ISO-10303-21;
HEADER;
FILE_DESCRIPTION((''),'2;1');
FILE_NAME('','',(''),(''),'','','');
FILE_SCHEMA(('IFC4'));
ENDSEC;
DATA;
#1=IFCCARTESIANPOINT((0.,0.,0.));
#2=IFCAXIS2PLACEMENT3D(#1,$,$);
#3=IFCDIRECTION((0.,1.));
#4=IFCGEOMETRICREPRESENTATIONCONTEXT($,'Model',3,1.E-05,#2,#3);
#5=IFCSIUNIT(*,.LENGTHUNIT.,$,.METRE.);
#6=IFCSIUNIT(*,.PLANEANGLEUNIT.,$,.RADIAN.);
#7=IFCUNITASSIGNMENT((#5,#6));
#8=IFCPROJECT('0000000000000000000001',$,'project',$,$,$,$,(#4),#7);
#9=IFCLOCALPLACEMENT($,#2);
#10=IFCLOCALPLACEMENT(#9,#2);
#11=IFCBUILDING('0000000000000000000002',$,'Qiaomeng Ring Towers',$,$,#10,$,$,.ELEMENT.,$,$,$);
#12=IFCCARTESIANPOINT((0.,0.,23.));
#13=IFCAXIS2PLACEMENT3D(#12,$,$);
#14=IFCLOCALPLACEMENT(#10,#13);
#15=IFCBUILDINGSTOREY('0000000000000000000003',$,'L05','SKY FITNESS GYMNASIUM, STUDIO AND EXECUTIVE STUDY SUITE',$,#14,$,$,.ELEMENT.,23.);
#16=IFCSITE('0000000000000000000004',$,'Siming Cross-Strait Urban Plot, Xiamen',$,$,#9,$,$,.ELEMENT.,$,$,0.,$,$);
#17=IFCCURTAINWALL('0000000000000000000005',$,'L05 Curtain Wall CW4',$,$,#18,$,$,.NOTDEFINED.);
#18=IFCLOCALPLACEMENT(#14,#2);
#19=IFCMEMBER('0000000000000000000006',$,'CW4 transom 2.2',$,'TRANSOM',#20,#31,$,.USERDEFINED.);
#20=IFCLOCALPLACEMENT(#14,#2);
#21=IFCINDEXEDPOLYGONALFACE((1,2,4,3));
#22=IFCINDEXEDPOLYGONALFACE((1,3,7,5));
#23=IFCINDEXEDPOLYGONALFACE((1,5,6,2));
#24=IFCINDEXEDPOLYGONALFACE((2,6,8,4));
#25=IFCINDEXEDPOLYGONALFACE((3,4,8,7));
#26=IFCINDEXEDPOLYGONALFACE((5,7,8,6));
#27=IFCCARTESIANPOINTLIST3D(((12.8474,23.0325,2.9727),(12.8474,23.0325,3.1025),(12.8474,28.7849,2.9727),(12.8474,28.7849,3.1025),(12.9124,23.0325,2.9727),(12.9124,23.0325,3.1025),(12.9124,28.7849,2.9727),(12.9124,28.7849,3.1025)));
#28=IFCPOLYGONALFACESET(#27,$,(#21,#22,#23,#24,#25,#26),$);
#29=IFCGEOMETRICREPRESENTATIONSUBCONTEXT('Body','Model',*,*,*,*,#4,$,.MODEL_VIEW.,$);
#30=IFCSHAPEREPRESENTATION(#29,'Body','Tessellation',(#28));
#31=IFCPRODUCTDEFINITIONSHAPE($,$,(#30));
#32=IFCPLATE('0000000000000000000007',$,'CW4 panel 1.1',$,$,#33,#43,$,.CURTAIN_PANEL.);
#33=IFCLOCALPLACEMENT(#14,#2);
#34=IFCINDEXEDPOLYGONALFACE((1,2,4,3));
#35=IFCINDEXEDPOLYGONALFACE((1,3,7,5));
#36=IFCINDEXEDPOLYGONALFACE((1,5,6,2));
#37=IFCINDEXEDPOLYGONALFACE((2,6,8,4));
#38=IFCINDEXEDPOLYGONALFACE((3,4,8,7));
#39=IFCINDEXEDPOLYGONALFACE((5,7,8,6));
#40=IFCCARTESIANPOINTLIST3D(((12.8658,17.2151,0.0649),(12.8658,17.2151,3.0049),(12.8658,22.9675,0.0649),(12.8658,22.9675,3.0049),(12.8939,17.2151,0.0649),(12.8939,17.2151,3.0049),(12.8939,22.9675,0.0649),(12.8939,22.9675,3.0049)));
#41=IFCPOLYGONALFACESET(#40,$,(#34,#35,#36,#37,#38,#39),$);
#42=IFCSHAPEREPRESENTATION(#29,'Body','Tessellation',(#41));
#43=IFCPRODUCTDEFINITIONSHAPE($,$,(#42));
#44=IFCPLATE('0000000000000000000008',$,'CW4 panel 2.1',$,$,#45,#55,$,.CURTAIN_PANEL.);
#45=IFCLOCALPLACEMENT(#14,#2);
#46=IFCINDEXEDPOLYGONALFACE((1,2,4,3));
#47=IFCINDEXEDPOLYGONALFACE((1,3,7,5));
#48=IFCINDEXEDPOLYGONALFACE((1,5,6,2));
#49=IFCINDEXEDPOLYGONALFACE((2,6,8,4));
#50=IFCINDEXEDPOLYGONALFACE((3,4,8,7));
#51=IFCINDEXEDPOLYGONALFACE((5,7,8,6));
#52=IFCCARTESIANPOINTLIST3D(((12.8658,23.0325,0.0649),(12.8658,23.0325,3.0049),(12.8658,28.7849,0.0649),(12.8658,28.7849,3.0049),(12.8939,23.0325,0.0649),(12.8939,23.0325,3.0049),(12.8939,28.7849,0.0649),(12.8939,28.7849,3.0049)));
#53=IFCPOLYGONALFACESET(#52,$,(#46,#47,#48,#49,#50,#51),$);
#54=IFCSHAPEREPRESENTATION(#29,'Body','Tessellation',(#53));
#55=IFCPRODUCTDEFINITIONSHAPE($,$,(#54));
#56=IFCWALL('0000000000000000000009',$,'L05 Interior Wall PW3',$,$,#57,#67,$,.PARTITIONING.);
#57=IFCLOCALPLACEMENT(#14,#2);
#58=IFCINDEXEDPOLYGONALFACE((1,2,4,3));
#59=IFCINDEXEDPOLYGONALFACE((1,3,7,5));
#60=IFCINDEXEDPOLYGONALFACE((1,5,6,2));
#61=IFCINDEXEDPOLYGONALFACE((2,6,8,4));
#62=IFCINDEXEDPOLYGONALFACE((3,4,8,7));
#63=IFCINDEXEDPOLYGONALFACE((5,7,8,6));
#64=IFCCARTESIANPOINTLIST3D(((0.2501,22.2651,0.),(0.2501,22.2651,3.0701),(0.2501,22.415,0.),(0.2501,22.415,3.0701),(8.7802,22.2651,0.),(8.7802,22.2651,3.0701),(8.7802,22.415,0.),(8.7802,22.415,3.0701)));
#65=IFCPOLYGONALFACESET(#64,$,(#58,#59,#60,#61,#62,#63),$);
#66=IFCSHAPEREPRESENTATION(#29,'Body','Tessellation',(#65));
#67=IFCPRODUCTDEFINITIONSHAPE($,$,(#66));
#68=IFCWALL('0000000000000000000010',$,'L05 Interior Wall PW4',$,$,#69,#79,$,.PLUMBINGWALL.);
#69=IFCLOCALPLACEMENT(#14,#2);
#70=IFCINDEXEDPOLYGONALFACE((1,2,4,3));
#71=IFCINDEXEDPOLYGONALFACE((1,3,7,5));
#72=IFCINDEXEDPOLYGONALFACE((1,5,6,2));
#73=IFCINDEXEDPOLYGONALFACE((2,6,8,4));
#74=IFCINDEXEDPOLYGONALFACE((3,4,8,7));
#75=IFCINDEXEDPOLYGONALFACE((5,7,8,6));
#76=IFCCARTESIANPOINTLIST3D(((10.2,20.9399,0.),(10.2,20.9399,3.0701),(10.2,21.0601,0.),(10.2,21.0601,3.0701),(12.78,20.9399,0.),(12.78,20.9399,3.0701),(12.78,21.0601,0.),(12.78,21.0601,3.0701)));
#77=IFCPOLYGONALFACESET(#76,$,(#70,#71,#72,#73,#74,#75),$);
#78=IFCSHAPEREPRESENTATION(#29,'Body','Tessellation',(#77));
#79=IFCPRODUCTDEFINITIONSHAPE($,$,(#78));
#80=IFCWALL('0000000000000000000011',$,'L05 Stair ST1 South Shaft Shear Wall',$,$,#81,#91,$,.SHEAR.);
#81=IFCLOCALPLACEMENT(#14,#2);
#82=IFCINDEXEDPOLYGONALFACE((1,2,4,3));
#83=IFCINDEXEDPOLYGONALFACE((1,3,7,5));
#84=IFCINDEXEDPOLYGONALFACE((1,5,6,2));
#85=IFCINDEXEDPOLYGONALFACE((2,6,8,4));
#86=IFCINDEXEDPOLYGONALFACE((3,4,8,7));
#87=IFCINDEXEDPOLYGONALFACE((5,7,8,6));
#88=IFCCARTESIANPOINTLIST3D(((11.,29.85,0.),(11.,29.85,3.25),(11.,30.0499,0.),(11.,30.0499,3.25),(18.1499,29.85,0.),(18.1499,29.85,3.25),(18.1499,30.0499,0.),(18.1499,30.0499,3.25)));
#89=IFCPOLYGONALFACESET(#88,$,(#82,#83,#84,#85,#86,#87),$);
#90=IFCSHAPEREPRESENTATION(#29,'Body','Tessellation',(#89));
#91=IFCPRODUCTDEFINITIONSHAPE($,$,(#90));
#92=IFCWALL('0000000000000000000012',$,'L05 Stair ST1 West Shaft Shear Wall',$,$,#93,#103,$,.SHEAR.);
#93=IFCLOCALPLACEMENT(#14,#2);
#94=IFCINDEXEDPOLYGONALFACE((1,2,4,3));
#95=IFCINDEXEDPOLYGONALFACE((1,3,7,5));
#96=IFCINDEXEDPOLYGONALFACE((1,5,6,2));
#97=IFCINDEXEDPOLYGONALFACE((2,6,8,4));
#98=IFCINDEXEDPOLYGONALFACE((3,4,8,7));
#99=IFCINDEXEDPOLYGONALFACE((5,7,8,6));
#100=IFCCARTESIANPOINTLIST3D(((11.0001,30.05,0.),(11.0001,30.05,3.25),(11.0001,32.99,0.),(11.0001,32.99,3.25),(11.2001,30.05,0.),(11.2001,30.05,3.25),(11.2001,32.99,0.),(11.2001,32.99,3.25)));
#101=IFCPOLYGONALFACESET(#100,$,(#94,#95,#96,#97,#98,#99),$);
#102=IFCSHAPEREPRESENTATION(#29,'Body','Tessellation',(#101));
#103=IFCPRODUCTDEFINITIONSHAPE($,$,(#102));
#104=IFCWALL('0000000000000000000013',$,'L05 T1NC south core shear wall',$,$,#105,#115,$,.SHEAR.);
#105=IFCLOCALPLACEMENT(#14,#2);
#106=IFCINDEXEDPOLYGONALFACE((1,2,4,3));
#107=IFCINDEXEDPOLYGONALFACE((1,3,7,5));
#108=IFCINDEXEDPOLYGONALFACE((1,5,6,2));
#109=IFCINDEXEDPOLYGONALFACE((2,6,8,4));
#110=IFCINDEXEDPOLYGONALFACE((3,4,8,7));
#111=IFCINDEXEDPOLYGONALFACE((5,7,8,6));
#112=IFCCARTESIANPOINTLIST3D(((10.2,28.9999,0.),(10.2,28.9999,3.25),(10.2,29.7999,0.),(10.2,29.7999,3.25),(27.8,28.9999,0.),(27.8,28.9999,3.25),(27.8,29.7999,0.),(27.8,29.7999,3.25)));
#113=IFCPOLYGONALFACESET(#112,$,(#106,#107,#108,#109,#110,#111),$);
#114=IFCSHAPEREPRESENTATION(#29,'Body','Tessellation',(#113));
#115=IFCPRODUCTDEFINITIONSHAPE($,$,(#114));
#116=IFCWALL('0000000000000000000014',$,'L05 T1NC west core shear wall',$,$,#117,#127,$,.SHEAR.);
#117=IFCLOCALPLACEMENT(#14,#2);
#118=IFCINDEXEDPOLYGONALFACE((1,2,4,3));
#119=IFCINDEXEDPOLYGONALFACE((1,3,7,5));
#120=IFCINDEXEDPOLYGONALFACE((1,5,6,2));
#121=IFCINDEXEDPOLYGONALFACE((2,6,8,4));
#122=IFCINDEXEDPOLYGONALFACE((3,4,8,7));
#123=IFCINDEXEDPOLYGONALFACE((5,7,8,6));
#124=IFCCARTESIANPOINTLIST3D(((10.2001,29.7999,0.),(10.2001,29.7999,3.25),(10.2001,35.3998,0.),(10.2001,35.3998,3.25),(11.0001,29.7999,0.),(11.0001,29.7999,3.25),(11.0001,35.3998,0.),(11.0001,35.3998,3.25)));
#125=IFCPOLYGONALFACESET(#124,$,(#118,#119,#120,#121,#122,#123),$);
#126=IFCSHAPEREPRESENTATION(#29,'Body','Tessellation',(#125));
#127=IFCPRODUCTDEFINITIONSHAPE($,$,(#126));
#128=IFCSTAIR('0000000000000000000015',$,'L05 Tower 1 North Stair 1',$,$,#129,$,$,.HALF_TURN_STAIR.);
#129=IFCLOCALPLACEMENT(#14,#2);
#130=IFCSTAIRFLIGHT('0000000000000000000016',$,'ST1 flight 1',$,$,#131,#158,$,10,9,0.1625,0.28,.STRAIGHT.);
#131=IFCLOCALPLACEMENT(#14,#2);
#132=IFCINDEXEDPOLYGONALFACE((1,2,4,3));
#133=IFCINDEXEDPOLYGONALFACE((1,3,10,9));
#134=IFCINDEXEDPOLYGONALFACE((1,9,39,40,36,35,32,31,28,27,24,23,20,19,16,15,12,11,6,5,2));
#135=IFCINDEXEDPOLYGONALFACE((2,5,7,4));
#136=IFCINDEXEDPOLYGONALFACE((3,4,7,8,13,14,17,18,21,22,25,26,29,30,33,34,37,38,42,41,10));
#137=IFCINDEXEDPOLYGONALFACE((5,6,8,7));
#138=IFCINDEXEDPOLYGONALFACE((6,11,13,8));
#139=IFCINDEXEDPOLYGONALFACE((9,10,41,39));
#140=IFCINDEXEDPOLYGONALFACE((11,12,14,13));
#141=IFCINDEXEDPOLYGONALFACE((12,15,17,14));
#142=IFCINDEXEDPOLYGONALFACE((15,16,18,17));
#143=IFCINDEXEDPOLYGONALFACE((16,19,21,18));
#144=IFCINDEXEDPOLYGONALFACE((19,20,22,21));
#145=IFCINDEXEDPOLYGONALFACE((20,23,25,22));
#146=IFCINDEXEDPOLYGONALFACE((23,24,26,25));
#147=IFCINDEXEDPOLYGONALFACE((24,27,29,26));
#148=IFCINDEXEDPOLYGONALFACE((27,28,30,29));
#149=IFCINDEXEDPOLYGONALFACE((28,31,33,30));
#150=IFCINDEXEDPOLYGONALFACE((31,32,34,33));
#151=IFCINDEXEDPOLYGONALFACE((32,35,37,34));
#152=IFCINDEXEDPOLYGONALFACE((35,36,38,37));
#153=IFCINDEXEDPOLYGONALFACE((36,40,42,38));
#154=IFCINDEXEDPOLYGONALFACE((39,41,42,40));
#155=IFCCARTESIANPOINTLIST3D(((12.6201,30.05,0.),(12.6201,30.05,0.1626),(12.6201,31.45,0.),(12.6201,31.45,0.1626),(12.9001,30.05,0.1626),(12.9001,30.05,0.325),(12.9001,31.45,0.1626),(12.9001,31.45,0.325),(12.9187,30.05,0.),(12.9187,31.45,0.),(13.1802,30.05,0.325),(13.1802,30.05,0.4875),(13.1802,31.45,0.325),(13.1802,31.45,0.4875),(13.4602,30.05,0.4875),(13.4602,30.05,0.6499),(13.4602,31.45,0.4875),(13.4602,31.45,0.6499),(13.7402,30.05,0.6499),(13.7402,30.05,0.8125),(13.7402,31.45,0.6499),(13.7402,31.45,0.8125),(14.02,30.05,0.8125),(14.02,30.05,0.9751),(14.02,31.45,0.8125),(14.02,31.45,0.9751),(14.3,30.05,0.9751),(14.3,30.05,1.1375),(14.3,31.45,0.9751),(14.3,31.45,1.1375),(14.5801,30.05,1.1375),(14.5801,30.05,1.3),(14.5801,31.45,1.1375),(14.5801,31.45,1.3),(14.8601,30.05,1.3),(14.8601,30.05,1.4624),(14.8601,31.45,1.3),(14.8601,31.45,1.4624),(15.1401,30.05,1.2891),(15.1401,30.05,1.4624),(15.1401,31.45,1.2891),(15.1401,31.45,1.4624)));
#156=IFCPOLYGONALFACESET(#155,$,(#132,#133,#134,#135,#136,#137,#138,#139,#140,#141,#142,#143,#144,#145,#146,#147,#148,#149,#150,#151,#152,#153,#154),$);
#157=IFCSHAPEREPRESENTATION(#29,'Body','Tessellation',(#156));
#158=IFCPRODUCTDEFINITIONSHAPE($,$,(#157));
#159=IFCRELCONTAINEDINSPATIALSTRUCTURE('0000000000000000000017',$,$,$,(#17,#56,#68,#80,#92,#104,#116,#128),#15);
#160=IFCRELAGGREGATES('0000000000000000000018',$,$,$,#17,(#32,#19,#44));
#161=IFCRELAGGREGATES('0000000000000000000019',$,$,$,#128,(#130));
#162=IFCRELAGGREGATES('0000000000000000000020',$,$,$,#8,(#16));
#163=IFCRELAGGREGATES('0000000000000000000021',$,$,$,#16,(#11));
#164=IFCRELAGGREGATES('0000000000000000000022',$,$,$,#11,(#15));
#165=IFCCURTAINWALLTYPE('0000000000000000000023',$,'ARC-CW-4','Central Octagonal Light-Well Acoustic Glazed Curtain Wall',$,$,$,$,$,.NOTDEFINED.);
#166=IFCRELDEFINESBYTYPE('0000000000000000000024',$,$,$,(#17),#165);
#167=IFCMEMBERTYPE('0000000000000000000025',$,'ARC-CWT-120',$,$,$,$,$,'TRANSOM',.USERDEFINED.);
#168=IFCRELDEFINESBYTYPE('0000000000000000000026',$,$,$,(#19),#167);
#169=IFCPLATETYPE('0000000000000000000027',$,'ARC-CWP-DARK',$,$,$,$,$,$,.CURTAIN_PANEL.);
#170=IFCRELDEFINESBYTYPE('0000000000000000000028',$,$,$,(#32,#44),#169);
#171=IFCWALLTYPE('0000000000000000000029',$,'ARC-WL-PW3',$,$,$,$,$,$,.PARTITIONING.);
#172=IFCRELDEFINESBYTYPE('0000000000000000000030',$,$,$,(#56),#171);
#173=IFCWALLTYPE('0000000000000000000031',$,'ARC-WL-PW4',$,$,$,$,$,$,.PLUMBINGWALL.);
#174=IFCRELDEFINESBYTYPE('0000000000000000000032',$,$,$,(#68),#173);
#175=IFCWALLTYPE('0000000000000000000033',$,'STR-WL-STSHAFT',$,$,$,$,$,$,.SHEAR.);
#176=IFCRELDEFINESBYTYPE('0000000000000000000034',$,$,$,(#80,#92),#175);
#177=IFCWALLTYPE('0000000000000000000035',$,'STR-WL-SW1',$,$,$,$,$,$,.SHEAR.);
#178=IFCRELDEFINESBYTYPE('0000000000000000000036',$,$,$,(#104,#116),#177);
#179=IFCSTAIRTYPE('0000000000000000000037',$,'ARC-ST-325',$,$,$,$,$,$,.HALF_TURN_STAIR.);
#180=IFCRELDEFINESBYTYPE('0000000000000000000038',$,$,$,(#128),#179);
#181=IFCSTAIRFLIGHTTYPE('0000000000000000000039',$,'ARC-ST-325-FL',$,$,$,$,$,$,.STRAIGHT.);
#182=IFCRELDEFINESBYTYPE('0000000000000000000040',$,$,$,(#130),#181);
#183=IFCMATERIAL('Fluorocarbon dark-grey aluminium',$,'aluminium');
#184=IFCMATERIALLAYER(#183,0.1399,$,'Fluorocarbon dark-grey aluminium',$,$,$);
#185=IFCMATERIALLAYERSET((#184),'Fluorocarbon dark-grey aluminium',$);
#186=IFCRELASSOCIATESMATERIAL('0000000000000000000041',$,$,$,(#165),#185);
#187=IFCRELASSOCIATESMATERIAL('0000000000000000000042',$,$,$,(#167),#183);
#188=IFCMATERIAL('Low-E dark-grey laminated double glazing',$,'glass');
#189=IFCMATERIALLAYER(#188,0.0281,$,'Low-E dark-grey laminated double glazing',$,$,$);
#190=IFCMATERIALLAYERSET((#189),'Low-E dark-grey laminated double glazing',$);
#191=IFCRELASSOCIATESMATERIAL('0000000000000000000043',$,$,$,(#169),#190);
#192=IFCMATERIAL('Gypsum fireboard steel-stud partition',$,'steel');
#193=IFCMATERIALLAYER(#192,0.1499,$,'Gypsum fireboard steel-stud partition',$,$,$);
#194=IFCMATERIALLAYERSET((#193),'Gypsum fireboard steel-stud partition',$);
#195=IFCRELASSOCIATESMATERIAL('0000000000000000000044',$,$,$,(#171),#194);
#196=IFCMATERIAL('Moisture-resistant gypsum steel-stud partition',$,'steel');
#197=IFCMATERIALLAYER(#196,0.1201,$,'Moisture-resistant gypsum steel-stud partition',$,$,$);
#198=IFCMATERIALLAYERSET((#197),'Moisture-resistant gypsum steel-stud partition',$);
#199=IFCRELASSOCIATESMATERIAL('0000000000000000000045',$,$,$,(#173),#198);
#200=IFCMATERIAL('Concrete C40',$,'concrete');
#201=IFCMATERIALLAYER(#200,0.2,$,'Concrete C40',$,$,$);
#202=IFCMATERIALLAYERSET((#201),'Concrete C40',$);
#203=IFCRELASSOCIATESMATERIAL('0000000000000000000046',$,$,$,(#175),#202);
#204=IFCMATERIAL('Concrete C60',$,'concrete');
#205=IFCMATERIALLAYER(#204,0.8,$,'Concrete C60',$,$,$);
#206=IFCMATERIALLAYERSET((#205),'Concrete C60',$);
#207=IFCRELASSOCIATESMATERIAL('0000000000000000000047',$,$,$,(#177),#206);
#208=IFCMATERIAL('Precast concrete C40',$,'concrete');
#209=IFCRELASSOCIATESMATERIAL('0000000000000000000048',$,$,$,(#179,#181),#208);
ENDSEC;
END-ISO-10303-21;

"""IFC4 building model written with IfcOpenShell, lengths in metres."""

from ifc_helpers import new_model, si_unit, direction, frame, frame_2d, origin, origin_2d, place, context, subcontext, project, spatial, polyline, rectangle, outline, extrude, source, transform, mapped, material, layer, layer_set, material_profile, profile_set, type_object, element, aggregate, save


model = new_model("IFC4")

# Units and contexts
model_context = context("Model", 3, precision=1e-05, world=origin(), true_north=direction((0.0, 1.0)))
body_context = subcontext(model_context, "Body", "Model", "MODEL_VIEW")
ifc_project = project(units=[si_unit("LENGTHUNIT", "METRE"), si_unit("PLANEANGLEUNIT", "RADIAN")], contexts=[model_context])

# Site, building, storey
site_placement = place(None, origin())
site = spatial("IfcSite", under=ifc_project, at=site_placement, Name="Siming Cross-Strait Urban Plot, Xiamen", CompositionType="ELEMENT", RefElevation=0.0)
building_placement = place(site_placement, origin())
building = spatial("IfcBuilding", under=site, at=building_placement, Name="Qiaomeng Ring Towers", CompositionType="ELEMENT")
storey_placement = place(building_placement, frame((0.0, 0.0, 23.0)))
storey = spatial("IfcBuildingStorey", under=building, at=storey_placement, Name="L05", Description="SKY FITNESS GYMNASIUM, STUDIO AND EXECUTIVE STUDY SUITE", CompositionType="ELEMENT", Elevation=23.0)

# Shared definitions
ifc_material_1 = material(Name="Concrete C60", Category="concrete")

# Curtain wall, member, plates
ifc_material_2 = material(Name="Fluorocarbon dark-grey aluminium", Category="aluminium")
ifc_layer_1 = layer(ifc_material_2, 0.1399, Name="Fluorocarbon dark-grey aluminium")
ifc_layer_set_1 = layer_set([ifc_layer_1], Name="Fluorocarbon dark-grey aluminium")
curtain_wall_type = type_object("IfcCurtainWallType", Name="ARC-CW-4", Description="Central Octagonal Light-Well Acoustic Glazed Curtain Wall", PredefinedType="NOTDEFINED", material=ifc_layer_set_1)
curtain_wall_placement = place(storey_placement, origin())
curtain_wall = element("IfcCurtainWall", 1, at=curtain_wall_placement, inside=storey, type_object=curtain_wall_type, Name="L05 Curtain Wall CW4", PredefinedType="NOTDEFINED")
ifc_material_profile_1 = material_profile(ifc_material_2, rectangle(XDim=0.0649, YDim=0.1299, at=origin_2d()), Name="ALU TRAN 65x130")
ifc_profile_set_1 = profile_set([ifc_material_profile_1], Name="Fluorocarbon dark-grey aluminium")
member_type_1 = type_object("IfcMemberType", Name="ARC-CWT-120", ElementType="TRANSOM", PredefinedType="USERDEFINED", material=ifc_profile_set_1)
shared_shape_1 = source(origin(), body_context, "Body", "SweptSolid", [
    extrude(rectangle(XDim=0.0649, YDim=0.1299, at=origin_2d()), origin(), (0.0, 0.0, 1.0), 5.7524),
])
member_1_placement = place(storey_placement, frame((12.8799, 23.0325, 3.0376), z_axis=(0.0, 1.0, 0.0), x_axis=(-1.0, 0.0, 0.0)))
member_1 = element("IfcMember", 2, at=member_1_placement, type_object=member_type_1, Name="CW4 transom 2.2", ObjectType="TRANSOM", PredefinedType="USERDEFINED", context=body_context, shape_type="MappedRepresentation", body=[
    mapped(shared_shape_1, transform((0.0, 0.0, 0.0), x_axis=(1.0, 0.0, 0.0), y_axis=(0.0, 1.0, 0.0), z_axis=(0.0, 0.0, 1.0), scale=1.0)),
])
ifc_material_3 = material(Name="Low-E dark-grey laminated double glazing", Category="glass")
ifc_layer_2 = layer(ifc_material_3, 0.0281, Name="Low-E dark-grey laminated double glazing")
ifc_layer_set_2 = layer_set([ifc_layer_2], Name="Low-E dark-grey laminated double glazing")
plate_type = type_object("IfcPlateType", Name="ARC-CWP-DARK", PredefinedType="CURTAIN_PANEL", material=ifc_layer_set_2)
shared_shape_2 = source(origin(), body_context, "Body", "SweptSolid", [
    extrude(rectangle(XDim=5.7524, YDim=0.0281, at=origin_2d()), origin(), (0.0, 0.0, 1.0), 2.9399),
])
plate_1_placement = place(storey_placement, frame((12.8799, 20.0913, 0.0649), z_axis=(0.0, 0.0, 1.0), x_axis=(0.0, 1.0, 0.0)))
plate_1 = element("IfcPlate", 3, at=plate_1_placement, type_object=plate_type, Name="CW4 panel 1.1", PredefinedType="CURTAIN_PANEL", context=body_context, shape_type="MappedRepresentation", body=[
    mapped(shared_shape_2, transform((0.0, 0.0, 0.0), x_axis=(1.0, 0.0, 0.0), y_axis=(0.0, 1.0, 0.0), z_axis=(0.0, 0.0, 1.0), scale=1.0)),
])
plate_2_placement = place(storey_placement, frame((12.8799, 25.9087, 0.0649), z_axis=(0.0, 0.0, 1.0), x_axis=(0.0, 1.0, 0.0)))
plate_2 = element("IfcPlate", 4, at=plate_2_placement, type_object=plate_type, Name="CW4 panel 2.1", PredefinedType="CURTAIN_PANEL", context=body_context, shape_type="MappedRepresentation", body=[
    mapped(shared_shape_2, transform((0.0, 0.0, 0.0), x_axis=(1.0, 0.0, 0.0), y_axis=(0.0, 1.0, 0.0), z_axis=(0.0, 0.0, 1.0), scale=1.0)),
])
aggregate(curtain_wall, [plate_1, member_1, plate_2])

# Walls
ifc_material_4 = material(Name="Gypsum fireboard steel-stud partition", Category="steel")
ifc_layer_3 = layer(ifc_material_4, 0.1499, Name="Gypsum fireboard steel-stud partition")
ifc_layer_set_3 = layer_set([ifc_layer_3], Name="Gypsum fireboard steel-stud partition")
wall_type_1 = type_object("IfcWallType", Name="ARC-WL-PW3", PredefinedType="PARTITIONING", material=ifc_layer_set_3)
wall_1_placement = place(storey_placement, frame((0.25, 22.3401, 0.0), z_axis=(0.0, 0.0, 1.0), x_axis=(1.0, 0.0, 0.0)))
element("IfcWall", 5, at=wall_1_placement, inside=storey, type_object=wall_type_1, Name="L05 Interior Wall PW3", PredefinedType="PARTITIONING", context=body_context, shape_type="SweptSolid", body=[
    extrude(rectangle(XDim=8.53, YDim=0.1499, at=frame_2d((4.2651, 0.0))), origin(), (0.0, 0.0, 1.0), 3.0701),
])
ifc_material_5 = material(Name="Moisture-resistant gypsum steel-stud partition", Category="steel")
ifc_layer_4 = layer(ifc_material_5, 0.1201, Name="Moisture-resistant gypsum steel-stud partition")
ifc_layer_set_4 = layer_set([ifc_layer_4], Name="Moisture-resistant gypsum steel-stud partition")
wall_type_2 = type_object("IfcWallType", Name="ARC-WL-PW4", PredefinedType="PLUMBINGWALL", material=ifc_layer_set_4)
wall_2_placement = place(storey_placement, frame((10.2, 21.0, 0.0), z_axis=(0.0, 0.0, 1.0), x_axis=(1.0, 0.0, 0.0)))
element("IfcWall", 6, at=wall_2_placement, inside=storey, type_object=wall_type_2, Name="L05 Interior Wall PW4", PredefinedType="PLUMBINGWALL", context=body_context, shape_type="SweptSolid", body=[
    extrude(rectangle(XDim=2.5801, YDim=0.1201, at=frame_2d((1.29, 0.0))), origin(), (0.0, 0.0, 1.0), 3.0701),
])
ifc_material_6 = material(Name="Concrete C40", Category="concrete")
ifc_layer_5 = layer(ifc_material_6, 0.2, Name="Concrete C40")
ifc_layer_set_5 = layer_set([ifc_layer_5], Name="Concrete C40")
wall_type_3 = type_object("IfcWallType", Name="STR-WL-STSHAFT", PredefinedType="SHEAR", material=ifc_layer_set_5)
wall_3_placement = place(storey_placement, frame((11.0, 29.95, 0.0), z_axis=(0.0, 0.0, 1.0), x_axis=(1.0, 0.0, 0.0)))
element("IfcWall", 7, at=wall_3_placement, inside=storey, type_object=wall_type_3, Name="L05 Stair ST1 South Shaft Shear Wall", PredefinedType="SHEAR", context=body_context, shape_type="SweptSolid", body=[
    extrude(rectangle(XDim=7.1499, YDim=0.2, at=frame_2d((3.575, 0.0))), origin(), (0.0, 0.0, 1.0), 3.25),
])
wall_4_placement = place(storey_placement, frame((11.1001, 30.05, 0.0), z_axis=(0.0, 0.0, 1.0), x_axis=(0.0, 1.0, 0.0)))
element("IfcWall", 8, at=wall_4_placement, inside=storey, type_object=wall_type_3, Name="L05 Stair ST1 West Shaft Shear Wall", PredefinedType="SHEAR", context=body_context, shape_type="SweptSolid", body=[
    extrude(rectangle(XDim=2.9399, YDim=0.2, at=frame_2d((1.47, 0.0))), origin(), (0.0, 0.0, 1.0), 3.25),
])
ifc_layer_6 = layer(ifc_material_1, 0.8, Name="Concrete C60")
ifc_layer_set_6 = layer_set([ifc_layer_6], Name="Concrete C60")
wall_type_4 = type_object("IfcWallType", Name="STR-WL-SW1", PredefinedType="SHEAR", material=ifc_layer_set_6)
wall_5_placement = place(storey_placement, frame((10.2, 29.3999, 0.0), z_axis=(0.0, 0.0, 1.0), x_axis=(1.0, 0.0, 0.0)))
element("IfcWall", 9, at=wall_5_placement, inside=storey, type_object=wall_type_4, Name="L05 T1NC south core shear wall", PredefinedType="SHEAR", context=body_context, shape_type="SweptSolid", body=[
    extrude(rectangle(XDim=17.6001, YDim=0.8, at=frame_2d((8.8, 0.0))), origin(), (0.0, 0.0, 1.0), 3.25),
])
wall_6_placement = place(storey_placement, frame((10.6001, 29.8, 0.0), z_axis=(0.0, 0.0, 1.0), x_axis=(0.0, 1.0, 0.0)))
element("IfcWall", 10, at=wall_6_placement, inside=storey, type_object=wall_type_4, Name="L05 T1NC west core shear wall", PredefinedType="SHEAR", context=body_context, shape_type="SweptSolid", body=[
    extrude(rectangle(XDim=5.5999, YDim=0.8, at=frame_2d((2.7998, 0.0))), origin(), (0.0, 0.0, 1.0), 3.25),
])

# Stair, stair flight
ifc_material_7 = material(Name="Precast concrete C40", Category="concrete")
stair_type = type_object("IfcStairType", Name="ARC-ST-325", PredefinedType="HALF_TURN_STAIR", material=ifc_material_7)
stair_placement = place(storey_placement, origin())
stair = element("IfcStair", 11, at=stair_placement, inside=storey, type_object=stair_type, Name="L05 Tower 1 North Stair 1", PredefinedType="HALF_TURN_STAIR")
stair_flight_type = type_object("IfcStairFlightType", Name="ARC-ST-325-FL", PredefinedType="STRAIGHT", material=ifc_material_7)
shared_shape_3 = source(origin(), body_context, "Body", "SweptSolid", [
    extrude(outline(polyline([(0.0, 0.0), (0.0, 0.1626), (0.28, 0.1626), (0.28, 0.325), (0.5601, 0.325), (0.5601, 0.4875), (0.8401, 0.4875), (0.8401, 0.6499), (1.1201, 0.6499), (1.1201, 0.8125), (1.3999, 0.8125), (1.3999, 0.9751), (1.6799, 0.9751), (1.6799, 1.1375), (1.96, 1.1375), (1.96, 1.3), (2.24, 1.3), (2.24, 1.4624), (2.52, 1.4624), (2.52, 1.625), (2.52, 1.2891), (0.2986, 0.0), (0.0, 0.0)])), frame((0.0, 0.7, 0.0), z_axis=(0.0, -1.0, 0.0), x_axis=(1.0, 0.0, 0.0)), (0.0, 0.0, 1.0), 1.3999),
])
stair_flight_placement = place(storey_placement, frame((12.6201, 30.75, 0.0), z_axis=(0.0, 0.0, 1.0), x_axis=(1.0, 0.0, 0.0)))
stair_flight = element("IfcStairFlight", 12, at=stair_flight_placement, type_object=stair_flight_type, Name="ST1 flight 1", NumberOfRisers=10, NumberOfTreads=9, PredefinedType="STRAIGHT", RiserHeight=0.1625, TreadLength=0.28, context=body_context, shape_type="MappedRepresentation", body=[
    mapped(shared_shape_3, transform((0.0, 0.0, 0.0), x_axis=(1.0, 0.0, 0.0), y_axis=(0.0, 1.0, 0.0), z_axis=(0.0, 0.0, 1.0), scale=1.0)),
])
aggregate(stair, [stair_flight])

save(model, "model.ifc")
